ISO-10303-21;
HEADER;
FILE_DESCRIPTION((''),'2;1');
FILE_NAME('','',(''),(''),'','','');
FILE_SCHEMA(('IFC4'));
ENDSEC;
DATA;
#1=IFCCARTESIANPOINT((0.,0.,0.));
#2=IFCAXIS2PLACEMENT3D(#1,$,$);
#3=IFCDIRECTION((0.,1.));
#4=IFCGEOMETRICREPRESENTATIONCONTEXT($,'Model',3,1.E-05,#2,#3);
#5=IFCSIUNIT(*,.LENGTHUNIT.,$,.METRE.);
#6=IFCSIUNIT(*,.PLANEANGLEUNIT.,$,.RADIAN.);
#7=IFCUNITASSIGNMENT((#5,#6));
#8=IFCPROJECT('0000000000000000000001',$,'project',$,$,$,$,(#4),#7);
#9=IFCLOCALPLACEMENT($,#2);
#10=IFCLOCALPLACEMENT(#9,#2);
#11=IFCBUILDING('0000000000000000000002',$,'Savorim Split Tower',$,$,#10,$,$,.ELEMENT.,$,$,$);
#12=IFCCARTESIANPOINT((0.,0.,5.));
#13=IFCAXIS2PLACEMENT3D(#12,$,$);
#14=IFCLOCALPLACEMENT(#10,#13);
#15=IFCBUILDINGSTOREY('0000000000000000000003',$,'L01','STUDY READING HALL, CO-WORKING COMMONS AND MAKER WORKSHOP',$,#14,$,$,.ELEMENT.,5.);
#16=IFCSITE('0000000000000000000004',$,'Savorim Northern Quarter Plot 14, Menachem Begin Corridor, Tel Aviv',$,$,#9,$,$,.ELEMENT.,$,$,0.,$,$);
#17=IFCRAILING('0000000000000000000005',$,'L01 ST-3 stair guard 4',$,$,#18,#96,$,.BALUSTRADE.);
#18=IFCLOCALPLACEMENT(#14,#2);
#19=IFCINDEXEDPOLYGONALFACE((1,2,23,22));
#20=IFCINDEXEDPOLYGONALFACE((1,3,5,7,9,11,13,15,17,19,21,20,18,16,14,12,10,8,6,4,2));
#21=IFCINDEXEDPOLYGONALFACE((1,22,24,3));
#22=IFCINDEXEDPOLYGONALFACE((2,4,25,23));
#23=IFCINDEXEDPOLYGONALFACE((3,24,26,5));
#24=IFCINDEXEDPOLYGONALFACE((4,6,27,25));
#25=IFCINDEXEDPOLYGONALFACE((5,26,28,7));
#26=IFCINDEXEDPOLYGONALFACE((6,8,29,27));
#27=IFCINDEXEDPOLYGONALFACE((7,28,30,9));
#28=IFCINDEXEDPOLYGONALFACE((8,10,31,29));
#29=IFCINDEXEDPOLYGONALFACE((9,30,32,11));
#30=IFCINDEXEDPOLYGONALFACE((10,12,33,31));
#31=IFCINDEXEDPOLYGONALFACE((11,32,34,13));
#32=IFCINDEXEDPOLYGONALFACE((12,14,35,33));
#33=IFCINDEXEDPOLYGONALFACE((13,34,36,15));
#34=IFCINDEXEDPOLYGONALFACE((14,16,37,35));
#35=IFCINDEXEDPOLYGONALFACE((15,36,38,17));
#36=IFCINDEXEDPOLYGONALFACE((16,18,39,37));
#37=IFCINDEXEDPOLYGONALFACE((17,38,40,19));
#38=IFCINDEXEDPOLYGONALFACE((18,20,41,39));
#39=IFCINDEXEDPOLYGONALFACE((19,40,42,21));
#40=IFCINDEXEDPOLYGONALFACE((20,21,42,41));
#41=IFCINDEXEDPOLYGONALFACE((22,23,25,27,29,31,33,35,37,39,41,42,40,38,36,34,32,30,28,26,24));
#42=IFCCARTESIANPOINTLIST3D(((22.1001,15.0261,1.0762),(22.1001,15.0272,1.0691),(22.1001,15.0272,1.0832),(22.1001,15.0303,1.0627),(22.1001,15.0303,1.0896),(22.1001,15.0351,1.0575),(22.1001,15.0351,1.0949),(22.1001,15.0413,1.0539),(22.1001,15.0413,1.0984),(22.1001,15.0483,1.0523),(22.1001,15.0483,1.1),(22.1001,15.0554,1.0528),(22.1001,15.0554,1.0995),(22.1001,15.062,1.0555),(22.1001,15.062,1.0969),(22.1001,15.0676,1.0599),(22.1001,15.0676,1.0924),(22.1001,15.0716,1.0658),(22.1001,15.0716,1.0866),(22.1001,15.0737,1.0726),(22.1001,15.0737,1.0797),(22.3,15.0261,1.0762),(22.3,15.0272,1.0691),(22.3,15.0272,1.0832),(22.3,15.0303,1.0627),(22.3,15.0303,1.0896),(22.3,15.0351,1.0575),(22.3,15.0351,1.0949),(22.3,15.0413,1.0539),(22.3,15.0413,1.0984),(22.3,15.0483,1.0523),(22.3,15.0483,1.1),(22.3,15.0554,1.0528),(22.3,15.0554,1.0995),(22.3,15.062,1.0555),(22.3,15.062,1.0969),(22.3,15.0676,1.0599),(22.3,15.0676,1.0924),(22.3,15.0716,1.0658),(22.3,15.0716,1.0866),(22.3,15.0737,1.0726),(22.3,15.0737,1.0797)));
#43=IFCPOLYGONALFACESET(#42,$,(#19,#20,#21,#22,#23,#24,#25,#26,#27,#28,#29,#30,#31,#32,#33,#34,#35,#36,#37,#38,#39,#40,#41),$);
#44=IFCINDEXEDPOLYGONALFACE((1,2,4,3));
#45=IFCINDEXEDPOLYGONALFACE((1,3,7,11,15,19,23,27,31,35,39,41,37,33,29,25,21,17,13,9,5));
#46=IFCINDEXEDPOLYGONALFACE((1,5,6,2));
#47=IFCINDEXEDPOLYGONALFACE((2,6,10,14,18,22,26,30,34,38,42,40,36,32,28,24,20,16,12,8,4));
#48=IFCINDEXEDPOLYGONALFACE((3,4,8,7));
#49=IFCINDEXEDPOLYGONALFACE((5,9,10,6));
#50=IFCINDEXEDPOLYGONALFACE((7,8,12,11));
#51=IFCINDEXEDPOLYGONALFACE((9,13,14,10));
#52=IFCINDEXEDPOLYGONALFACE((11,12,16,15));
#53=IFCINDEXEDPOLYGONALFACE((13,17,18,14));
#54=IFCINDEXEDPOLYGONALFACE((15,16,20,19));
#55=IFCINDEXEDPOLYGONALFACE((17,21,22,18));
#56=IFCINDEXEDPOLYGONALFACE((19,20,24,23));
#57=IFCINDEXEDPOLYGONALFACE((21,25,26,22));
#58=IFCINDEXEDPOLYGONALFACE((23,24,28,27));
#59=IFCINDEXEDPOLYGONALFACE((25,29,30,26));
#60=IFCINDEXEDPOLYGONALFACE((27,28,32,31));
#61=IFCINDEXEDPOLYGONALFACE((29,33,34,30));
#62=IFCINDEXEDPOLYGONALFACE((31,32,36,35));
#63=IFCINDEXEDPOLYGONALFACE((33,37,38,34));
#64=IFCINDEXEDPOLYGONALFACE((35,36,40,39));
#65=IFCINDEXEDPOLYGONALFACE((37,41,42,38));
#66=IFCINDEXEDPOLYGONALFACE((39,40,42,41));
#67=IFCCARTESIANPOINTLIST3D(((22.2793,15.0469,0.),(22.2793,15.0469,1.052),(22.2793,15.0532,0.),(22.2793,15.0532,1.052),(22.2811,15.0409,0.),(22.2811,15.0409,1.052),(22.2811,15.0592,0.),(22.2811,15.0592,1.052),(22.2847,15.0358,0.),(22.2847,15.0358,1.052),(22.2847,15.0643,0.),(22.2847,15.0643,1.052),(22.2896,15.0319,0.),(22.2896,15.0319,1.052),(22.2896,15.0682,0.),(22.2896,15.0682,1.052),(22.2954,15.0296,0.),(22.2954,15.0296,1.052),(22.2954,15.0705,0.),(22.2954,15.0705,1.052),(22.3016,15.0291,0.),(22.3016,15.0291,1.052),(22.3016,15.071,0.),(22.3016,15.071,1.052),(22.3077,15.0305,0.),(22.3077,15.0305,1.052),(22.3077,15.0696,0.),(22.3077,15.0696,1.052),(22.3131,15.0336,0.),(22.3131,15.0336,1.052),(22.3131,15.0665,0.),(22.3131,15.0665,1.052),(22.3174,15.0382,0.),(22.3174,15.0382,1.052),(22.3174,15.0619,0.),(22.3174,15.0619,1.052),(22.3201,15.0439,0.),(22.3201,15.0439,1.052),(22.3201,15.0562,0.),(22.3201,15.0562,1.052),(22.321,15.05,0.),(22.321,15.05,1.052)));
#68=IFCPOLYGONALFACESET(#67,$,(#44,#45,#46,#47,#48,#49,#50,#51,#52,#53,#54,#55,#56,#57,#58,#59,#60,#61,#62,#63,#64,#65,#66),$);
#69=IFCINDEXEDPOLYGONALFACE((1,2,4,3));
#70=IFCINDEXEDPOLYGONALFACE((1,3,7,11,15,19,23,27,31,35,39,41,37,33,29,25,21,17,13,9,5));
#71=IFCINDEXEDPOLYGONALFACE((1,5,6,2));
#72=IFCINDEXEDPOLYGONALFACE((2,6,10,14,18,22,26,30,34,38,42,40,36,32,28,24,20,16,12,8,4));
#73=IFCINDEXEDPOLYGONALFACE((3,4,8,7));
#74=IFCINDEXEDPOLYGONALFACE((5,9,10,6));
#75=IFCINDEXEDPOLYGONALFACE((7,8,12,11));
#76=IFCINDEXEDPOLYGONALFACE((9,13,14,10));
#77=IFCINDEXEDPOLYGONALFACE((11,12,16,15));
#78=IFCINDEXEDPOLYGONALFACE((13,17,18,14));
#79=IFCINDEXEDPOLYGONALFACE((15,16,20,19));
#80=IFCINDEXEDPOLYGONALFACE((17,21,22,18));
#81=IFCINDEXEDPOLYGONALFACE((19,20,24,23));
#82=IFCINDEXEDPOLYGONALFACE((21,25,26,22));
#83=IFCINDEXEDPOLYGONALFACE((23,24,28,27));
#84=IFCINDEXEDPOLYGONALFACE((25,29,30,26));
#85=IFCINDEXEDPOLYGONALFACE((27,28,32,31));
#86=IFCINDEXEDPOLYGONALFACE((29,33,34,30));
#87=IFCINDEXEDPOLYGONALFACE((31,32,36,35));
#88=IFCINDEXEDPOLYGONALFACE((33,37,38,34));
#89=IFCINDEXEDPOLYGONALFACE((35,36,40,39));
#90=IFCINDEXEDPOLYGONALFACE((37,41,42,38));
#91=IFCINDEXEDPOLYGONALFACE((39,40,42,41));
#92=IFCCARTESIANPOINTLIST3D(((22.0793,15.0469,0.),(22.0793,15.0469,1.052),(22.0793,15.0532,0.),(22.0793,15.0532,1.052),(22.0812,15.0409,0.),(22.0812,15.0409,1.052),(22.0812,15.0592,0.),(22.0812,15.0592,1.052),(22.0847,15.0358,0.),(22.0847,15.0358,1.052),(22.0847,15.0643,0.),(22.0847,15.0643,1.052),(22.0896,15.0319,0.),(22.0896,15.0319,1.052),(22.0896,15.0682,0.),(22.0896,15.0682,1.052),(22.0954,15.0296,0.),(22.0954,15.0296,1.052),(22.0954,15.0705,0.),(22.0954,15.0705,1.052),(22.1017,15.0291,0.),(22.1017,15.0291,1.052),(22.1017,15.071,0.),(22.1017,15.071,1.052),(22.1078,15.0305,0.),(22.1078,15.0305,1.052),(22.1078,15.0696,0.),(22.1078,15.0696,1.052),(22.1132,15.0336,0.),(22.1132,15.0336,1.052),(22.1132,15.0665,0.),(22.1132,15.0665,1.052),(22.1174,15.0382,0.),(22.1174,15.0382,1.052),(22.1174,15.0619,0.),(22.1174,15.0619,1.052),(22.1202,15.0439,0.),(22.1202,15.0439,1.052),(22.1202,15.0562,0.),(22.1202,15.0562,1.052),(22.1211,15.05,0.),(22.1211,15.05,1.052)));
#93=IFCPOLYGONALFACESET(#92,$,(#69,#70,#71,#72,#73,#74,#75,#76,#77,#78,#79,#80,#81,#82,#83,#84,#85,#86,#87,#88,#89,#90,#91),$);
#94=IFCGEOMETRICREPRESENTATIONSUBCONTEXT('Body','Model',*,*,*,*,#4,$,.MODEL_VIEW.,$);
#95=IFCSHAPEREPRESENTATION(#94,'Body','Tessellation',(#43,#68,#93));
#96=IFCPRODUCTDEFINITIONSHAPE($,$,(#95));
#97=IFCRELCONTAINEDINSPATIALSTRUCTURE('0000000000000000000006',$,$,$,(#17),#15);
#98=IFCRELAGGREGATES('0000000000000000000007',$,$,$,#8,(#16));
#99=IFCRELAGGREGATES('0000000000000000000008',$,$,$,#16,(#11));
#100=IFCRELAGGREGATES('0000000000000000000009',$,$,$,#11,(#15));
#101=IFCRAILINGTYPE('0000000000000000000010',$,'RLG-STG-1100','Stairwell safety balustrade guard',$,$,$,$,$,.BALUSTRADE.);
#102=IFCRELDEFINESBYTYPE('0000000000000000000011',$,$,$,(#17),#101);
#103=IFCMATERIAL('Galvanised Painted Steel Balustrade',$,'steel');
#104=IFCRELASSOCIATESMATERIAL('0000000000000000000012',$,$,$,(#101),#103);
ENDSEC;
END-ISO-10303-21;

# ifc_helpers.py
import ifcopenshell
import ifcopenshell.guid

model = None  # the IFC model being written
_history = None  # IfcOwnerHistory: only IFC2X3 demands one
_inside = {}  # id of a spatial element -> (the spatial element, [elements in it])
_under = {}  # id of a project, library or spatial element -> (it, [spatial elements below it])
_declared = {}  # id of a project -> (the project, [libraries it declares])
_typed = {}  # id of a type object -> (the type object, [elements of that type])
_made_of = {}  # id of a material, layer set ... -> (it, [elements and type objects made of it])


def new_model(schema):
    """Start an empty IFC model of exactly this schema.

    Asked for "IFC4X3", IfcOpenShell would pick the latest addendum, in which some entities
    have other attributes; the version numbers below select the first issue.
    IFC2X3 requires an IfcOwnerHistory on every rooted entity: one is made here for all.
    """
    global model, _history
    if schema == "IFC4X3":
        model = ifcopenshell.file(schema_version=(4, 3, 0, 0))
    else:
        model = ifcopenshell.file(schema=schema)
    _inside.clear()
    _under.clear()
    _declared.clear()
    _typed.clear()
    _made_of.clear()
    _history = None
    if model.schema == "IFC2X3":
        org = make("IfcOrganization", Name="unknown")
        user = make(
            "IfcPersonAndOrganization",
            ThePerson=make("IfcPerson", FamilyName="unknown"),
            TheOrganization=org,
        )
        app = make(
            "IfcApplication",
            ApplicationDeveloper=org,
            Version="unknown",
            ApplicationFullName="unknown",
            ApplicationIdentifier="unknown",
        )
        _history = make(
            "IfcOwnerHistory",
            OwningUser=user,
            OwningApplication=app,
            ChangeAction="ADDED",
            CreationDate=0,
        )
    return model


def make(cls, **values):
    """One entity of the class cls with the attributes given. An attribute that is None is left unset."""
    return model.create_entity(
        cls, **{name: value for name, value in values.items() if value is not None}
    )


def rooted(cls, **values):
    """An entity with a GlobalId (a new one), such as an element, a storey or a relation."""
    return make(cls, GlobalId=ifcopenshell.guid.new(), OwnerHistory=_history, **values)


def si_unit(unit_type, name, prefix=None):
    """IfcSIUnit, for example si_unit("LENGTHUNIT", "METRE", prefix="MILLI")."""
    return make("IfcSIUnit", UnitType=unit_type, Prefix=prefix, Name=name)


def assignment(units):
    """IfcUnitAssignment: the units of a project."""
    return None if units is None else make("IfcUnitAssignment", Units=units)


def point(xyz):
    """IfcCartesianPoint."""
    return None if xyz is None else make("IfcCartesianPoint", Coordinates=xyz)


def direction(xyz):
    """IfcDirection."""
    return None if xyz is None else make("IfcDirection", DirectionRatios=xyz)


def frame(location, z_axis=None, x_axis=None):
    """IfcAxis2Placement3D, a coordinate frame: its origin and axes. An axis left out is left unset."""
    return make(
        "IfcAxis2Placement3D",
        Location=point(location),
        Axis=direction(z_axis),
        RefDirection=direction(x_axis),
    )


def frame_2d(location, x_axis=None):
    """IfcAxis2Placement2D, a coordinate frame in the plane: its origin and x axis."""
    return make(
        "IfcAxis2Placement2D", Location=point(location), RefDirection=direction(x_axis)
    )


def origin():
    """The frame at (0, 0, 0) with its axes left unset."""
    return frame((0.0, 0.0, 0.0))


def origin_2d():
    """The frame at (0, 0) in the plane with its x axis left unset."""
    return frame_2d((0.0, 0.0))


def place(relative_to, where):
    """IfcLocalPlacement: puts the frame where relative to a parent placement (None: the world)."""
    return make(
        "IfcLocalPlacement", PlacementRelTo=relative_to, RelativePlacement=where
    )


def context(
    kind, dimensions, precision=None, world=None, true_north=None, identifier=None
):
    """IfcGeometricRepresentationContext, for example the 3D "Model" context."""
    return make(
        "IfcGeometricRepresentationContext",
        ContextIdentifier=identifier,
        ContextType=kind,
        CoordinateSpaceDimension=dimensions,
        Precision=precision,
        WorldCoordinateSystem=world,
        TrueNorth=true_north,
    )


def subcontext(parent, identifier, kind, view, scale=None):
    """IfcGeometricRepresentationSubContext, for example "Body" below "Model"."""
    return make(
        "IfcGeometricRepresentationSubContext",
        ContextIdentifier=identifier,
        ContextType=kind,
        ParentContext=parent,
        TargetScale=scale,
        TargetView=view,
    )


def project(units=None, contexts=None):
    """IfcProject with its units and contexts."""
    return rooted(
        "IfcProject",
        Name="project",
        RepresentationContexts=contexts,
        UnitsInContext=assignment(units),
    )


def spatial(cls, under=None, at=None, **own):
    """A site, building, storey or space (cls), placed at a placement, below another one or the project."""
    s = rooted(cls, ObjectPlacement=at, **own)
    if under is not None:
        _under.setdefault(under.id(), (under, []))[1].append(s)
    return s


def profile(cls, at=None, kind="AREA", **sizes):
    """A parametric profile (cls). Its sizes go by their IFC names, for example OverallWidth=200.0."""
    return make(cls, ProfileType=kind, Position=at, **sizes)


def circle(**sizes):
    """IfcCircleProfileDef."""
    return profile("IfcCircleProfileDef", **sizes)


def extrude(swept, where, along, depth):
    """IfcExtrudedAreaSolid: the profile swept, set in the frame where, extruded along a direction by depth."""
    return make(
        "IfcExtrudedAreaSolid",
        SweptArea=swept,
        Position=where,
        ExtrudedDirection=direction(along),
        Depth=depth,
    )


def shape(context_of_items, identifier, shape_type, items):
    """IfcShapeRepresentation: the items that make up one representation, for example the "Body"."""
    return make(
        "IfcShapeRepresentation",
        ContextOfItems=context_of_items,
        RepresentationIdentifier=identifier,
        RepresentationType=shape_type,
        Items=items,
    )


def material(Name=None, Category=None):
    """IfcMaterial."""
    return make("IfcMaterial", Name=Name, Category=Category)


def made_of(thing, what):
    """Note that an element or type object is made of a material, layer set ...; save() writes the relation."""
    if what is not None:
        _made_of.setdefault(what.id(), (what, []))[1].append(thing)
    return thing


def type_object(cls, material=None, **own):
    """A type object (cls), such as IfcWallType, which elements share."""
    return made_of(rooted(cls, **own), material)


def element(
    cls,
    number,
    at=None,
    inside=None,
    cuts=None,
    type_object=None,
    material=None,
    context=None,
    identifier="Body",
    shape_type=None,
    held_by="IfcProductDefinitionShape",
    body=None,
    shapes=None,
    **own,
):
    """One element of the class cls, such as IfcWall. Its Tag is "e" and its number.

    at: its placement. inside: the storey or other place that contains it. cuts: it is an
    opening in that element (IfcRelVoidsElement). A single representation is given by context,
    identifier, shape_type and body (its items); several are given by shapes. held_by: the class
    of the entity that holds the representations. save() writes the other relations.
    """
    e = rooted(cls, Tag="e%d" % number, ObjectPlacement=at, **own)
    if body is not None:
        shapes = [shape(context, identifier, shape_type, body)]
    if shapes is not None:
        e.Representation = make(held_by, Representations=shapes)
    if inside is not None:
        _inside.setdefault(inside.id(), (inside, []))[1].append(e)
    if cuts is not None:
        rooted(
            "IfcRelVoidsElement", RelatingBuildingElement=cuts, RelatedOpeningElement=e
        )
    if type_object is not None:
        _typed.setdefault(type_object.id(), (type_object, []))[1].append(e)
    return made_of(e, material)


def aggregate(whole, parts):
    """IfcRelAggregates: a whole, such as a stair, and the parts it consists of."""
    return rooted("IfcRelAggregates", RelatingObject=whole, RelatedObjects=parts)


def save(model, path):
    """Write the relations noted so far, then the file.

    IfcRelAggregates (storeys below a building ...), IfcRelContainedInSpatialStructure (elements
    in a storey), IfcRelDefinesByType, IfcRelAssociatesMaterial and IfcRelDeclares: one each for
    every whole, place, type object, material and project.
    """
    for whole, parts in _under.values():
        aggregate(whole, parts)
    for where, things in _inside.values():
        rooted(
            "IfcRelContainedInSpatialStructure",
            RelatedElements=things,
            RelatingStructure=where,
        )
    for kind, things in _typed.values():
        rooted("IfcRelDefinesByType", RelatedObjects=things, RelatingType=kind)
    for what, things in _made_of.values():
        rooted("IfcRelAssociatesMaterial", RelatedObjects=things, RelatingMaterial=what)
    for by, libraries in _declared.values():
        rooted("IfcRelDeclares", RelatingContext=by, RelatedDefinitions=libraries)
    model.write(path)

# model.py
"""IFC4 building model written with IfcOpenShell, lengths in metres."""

from ifc_helpers import new_model, si_unit, direction, frame, origin, origin_2d, place, context, subcontext, project, spatial, circle, extrude, material, type_object, element, save


model = new_model("IFC4")

# Units and contexts
model_context = context("Model", 3, precision=1e-05, world=origin(), true_north=direction((0.0, 1.0)))
body_context = subcontext(model_context, "Body", "Model", "MODEL_VIEW")
ifc_project = project(units=[si_unit("LENGTHUNIT", "METRE"), si_unit("PLANEANGLEUNIT", "RADIAN")], contexts=[model_context])

# Site, building, storey
site_placement = place(None, origin())
site = spatial("IfcSite", under=ifc_project, at=site_placement, Name="Savorim Northern Quarter Plot 14, Menachem Begin Corridor, Tel Aviv", CompositionType="ELEMENT", RefElevation=0.0)
building_placement = place(site_placement, origin())
building = spatial("IfcBuilding", under=site, at=building_placement, Name="Savorim Split Tower", CompositionType="ELEMENT")
storey_placement = place(building_placement, frame((0.0, 0.0, 5.0)))
storey = spatial("IfcBuildingStorey", under=building, at=storey_placement, Name="L01", Description="STUDY READING HALL, CO-WORKING COMMONS AND MAKER WORKSHOP", CompositionType="ELEMENT", Elevation=5.0)

# Railing
ifc_material_1 = material(Name="Galvanised Painted Steel Balustrade", Category="steel")
railing_type_1 = type_object("IfcRailingType", Name="RLG-STG-1100", Description="Stairwell safety balustrade guard", PredefinedType="BALUSTRADE", material=ifc_material_1)
railing_1_placement = place(storey_placement, frame((22.3, 15.05, 0.0)))
element("IfcRailing", 1, at=railing_1_placement, inside=storey, type_object=railing_type_1, Name="L01 ST-3 stair guard 4", PredefinedType="BALUSTRADE", context=body_context, shape_type="SweptSolid", body=[
    extrude(circle(Radius=0.0239, at=origin_2d()), frame((0.0, 0.0, 1.0762), z_axis=(-1.0, 0.0, 0.0), x_axis=(0.0, -1.0, 0.0)), (0.0, 0.0, 1.0), 0.2),
    extrude(circle(Radius=0.021, at=origin_2d()), origin(), (0.0, 0.0, 1.0), 1.052),
    extrude(circle(Radius=0.021, at=origin_2d()), frame((-0.2, 0.0, 0.0)), (0.0, 0.0, 1.0), 1.052),
])

save(model, "model.ifc")
